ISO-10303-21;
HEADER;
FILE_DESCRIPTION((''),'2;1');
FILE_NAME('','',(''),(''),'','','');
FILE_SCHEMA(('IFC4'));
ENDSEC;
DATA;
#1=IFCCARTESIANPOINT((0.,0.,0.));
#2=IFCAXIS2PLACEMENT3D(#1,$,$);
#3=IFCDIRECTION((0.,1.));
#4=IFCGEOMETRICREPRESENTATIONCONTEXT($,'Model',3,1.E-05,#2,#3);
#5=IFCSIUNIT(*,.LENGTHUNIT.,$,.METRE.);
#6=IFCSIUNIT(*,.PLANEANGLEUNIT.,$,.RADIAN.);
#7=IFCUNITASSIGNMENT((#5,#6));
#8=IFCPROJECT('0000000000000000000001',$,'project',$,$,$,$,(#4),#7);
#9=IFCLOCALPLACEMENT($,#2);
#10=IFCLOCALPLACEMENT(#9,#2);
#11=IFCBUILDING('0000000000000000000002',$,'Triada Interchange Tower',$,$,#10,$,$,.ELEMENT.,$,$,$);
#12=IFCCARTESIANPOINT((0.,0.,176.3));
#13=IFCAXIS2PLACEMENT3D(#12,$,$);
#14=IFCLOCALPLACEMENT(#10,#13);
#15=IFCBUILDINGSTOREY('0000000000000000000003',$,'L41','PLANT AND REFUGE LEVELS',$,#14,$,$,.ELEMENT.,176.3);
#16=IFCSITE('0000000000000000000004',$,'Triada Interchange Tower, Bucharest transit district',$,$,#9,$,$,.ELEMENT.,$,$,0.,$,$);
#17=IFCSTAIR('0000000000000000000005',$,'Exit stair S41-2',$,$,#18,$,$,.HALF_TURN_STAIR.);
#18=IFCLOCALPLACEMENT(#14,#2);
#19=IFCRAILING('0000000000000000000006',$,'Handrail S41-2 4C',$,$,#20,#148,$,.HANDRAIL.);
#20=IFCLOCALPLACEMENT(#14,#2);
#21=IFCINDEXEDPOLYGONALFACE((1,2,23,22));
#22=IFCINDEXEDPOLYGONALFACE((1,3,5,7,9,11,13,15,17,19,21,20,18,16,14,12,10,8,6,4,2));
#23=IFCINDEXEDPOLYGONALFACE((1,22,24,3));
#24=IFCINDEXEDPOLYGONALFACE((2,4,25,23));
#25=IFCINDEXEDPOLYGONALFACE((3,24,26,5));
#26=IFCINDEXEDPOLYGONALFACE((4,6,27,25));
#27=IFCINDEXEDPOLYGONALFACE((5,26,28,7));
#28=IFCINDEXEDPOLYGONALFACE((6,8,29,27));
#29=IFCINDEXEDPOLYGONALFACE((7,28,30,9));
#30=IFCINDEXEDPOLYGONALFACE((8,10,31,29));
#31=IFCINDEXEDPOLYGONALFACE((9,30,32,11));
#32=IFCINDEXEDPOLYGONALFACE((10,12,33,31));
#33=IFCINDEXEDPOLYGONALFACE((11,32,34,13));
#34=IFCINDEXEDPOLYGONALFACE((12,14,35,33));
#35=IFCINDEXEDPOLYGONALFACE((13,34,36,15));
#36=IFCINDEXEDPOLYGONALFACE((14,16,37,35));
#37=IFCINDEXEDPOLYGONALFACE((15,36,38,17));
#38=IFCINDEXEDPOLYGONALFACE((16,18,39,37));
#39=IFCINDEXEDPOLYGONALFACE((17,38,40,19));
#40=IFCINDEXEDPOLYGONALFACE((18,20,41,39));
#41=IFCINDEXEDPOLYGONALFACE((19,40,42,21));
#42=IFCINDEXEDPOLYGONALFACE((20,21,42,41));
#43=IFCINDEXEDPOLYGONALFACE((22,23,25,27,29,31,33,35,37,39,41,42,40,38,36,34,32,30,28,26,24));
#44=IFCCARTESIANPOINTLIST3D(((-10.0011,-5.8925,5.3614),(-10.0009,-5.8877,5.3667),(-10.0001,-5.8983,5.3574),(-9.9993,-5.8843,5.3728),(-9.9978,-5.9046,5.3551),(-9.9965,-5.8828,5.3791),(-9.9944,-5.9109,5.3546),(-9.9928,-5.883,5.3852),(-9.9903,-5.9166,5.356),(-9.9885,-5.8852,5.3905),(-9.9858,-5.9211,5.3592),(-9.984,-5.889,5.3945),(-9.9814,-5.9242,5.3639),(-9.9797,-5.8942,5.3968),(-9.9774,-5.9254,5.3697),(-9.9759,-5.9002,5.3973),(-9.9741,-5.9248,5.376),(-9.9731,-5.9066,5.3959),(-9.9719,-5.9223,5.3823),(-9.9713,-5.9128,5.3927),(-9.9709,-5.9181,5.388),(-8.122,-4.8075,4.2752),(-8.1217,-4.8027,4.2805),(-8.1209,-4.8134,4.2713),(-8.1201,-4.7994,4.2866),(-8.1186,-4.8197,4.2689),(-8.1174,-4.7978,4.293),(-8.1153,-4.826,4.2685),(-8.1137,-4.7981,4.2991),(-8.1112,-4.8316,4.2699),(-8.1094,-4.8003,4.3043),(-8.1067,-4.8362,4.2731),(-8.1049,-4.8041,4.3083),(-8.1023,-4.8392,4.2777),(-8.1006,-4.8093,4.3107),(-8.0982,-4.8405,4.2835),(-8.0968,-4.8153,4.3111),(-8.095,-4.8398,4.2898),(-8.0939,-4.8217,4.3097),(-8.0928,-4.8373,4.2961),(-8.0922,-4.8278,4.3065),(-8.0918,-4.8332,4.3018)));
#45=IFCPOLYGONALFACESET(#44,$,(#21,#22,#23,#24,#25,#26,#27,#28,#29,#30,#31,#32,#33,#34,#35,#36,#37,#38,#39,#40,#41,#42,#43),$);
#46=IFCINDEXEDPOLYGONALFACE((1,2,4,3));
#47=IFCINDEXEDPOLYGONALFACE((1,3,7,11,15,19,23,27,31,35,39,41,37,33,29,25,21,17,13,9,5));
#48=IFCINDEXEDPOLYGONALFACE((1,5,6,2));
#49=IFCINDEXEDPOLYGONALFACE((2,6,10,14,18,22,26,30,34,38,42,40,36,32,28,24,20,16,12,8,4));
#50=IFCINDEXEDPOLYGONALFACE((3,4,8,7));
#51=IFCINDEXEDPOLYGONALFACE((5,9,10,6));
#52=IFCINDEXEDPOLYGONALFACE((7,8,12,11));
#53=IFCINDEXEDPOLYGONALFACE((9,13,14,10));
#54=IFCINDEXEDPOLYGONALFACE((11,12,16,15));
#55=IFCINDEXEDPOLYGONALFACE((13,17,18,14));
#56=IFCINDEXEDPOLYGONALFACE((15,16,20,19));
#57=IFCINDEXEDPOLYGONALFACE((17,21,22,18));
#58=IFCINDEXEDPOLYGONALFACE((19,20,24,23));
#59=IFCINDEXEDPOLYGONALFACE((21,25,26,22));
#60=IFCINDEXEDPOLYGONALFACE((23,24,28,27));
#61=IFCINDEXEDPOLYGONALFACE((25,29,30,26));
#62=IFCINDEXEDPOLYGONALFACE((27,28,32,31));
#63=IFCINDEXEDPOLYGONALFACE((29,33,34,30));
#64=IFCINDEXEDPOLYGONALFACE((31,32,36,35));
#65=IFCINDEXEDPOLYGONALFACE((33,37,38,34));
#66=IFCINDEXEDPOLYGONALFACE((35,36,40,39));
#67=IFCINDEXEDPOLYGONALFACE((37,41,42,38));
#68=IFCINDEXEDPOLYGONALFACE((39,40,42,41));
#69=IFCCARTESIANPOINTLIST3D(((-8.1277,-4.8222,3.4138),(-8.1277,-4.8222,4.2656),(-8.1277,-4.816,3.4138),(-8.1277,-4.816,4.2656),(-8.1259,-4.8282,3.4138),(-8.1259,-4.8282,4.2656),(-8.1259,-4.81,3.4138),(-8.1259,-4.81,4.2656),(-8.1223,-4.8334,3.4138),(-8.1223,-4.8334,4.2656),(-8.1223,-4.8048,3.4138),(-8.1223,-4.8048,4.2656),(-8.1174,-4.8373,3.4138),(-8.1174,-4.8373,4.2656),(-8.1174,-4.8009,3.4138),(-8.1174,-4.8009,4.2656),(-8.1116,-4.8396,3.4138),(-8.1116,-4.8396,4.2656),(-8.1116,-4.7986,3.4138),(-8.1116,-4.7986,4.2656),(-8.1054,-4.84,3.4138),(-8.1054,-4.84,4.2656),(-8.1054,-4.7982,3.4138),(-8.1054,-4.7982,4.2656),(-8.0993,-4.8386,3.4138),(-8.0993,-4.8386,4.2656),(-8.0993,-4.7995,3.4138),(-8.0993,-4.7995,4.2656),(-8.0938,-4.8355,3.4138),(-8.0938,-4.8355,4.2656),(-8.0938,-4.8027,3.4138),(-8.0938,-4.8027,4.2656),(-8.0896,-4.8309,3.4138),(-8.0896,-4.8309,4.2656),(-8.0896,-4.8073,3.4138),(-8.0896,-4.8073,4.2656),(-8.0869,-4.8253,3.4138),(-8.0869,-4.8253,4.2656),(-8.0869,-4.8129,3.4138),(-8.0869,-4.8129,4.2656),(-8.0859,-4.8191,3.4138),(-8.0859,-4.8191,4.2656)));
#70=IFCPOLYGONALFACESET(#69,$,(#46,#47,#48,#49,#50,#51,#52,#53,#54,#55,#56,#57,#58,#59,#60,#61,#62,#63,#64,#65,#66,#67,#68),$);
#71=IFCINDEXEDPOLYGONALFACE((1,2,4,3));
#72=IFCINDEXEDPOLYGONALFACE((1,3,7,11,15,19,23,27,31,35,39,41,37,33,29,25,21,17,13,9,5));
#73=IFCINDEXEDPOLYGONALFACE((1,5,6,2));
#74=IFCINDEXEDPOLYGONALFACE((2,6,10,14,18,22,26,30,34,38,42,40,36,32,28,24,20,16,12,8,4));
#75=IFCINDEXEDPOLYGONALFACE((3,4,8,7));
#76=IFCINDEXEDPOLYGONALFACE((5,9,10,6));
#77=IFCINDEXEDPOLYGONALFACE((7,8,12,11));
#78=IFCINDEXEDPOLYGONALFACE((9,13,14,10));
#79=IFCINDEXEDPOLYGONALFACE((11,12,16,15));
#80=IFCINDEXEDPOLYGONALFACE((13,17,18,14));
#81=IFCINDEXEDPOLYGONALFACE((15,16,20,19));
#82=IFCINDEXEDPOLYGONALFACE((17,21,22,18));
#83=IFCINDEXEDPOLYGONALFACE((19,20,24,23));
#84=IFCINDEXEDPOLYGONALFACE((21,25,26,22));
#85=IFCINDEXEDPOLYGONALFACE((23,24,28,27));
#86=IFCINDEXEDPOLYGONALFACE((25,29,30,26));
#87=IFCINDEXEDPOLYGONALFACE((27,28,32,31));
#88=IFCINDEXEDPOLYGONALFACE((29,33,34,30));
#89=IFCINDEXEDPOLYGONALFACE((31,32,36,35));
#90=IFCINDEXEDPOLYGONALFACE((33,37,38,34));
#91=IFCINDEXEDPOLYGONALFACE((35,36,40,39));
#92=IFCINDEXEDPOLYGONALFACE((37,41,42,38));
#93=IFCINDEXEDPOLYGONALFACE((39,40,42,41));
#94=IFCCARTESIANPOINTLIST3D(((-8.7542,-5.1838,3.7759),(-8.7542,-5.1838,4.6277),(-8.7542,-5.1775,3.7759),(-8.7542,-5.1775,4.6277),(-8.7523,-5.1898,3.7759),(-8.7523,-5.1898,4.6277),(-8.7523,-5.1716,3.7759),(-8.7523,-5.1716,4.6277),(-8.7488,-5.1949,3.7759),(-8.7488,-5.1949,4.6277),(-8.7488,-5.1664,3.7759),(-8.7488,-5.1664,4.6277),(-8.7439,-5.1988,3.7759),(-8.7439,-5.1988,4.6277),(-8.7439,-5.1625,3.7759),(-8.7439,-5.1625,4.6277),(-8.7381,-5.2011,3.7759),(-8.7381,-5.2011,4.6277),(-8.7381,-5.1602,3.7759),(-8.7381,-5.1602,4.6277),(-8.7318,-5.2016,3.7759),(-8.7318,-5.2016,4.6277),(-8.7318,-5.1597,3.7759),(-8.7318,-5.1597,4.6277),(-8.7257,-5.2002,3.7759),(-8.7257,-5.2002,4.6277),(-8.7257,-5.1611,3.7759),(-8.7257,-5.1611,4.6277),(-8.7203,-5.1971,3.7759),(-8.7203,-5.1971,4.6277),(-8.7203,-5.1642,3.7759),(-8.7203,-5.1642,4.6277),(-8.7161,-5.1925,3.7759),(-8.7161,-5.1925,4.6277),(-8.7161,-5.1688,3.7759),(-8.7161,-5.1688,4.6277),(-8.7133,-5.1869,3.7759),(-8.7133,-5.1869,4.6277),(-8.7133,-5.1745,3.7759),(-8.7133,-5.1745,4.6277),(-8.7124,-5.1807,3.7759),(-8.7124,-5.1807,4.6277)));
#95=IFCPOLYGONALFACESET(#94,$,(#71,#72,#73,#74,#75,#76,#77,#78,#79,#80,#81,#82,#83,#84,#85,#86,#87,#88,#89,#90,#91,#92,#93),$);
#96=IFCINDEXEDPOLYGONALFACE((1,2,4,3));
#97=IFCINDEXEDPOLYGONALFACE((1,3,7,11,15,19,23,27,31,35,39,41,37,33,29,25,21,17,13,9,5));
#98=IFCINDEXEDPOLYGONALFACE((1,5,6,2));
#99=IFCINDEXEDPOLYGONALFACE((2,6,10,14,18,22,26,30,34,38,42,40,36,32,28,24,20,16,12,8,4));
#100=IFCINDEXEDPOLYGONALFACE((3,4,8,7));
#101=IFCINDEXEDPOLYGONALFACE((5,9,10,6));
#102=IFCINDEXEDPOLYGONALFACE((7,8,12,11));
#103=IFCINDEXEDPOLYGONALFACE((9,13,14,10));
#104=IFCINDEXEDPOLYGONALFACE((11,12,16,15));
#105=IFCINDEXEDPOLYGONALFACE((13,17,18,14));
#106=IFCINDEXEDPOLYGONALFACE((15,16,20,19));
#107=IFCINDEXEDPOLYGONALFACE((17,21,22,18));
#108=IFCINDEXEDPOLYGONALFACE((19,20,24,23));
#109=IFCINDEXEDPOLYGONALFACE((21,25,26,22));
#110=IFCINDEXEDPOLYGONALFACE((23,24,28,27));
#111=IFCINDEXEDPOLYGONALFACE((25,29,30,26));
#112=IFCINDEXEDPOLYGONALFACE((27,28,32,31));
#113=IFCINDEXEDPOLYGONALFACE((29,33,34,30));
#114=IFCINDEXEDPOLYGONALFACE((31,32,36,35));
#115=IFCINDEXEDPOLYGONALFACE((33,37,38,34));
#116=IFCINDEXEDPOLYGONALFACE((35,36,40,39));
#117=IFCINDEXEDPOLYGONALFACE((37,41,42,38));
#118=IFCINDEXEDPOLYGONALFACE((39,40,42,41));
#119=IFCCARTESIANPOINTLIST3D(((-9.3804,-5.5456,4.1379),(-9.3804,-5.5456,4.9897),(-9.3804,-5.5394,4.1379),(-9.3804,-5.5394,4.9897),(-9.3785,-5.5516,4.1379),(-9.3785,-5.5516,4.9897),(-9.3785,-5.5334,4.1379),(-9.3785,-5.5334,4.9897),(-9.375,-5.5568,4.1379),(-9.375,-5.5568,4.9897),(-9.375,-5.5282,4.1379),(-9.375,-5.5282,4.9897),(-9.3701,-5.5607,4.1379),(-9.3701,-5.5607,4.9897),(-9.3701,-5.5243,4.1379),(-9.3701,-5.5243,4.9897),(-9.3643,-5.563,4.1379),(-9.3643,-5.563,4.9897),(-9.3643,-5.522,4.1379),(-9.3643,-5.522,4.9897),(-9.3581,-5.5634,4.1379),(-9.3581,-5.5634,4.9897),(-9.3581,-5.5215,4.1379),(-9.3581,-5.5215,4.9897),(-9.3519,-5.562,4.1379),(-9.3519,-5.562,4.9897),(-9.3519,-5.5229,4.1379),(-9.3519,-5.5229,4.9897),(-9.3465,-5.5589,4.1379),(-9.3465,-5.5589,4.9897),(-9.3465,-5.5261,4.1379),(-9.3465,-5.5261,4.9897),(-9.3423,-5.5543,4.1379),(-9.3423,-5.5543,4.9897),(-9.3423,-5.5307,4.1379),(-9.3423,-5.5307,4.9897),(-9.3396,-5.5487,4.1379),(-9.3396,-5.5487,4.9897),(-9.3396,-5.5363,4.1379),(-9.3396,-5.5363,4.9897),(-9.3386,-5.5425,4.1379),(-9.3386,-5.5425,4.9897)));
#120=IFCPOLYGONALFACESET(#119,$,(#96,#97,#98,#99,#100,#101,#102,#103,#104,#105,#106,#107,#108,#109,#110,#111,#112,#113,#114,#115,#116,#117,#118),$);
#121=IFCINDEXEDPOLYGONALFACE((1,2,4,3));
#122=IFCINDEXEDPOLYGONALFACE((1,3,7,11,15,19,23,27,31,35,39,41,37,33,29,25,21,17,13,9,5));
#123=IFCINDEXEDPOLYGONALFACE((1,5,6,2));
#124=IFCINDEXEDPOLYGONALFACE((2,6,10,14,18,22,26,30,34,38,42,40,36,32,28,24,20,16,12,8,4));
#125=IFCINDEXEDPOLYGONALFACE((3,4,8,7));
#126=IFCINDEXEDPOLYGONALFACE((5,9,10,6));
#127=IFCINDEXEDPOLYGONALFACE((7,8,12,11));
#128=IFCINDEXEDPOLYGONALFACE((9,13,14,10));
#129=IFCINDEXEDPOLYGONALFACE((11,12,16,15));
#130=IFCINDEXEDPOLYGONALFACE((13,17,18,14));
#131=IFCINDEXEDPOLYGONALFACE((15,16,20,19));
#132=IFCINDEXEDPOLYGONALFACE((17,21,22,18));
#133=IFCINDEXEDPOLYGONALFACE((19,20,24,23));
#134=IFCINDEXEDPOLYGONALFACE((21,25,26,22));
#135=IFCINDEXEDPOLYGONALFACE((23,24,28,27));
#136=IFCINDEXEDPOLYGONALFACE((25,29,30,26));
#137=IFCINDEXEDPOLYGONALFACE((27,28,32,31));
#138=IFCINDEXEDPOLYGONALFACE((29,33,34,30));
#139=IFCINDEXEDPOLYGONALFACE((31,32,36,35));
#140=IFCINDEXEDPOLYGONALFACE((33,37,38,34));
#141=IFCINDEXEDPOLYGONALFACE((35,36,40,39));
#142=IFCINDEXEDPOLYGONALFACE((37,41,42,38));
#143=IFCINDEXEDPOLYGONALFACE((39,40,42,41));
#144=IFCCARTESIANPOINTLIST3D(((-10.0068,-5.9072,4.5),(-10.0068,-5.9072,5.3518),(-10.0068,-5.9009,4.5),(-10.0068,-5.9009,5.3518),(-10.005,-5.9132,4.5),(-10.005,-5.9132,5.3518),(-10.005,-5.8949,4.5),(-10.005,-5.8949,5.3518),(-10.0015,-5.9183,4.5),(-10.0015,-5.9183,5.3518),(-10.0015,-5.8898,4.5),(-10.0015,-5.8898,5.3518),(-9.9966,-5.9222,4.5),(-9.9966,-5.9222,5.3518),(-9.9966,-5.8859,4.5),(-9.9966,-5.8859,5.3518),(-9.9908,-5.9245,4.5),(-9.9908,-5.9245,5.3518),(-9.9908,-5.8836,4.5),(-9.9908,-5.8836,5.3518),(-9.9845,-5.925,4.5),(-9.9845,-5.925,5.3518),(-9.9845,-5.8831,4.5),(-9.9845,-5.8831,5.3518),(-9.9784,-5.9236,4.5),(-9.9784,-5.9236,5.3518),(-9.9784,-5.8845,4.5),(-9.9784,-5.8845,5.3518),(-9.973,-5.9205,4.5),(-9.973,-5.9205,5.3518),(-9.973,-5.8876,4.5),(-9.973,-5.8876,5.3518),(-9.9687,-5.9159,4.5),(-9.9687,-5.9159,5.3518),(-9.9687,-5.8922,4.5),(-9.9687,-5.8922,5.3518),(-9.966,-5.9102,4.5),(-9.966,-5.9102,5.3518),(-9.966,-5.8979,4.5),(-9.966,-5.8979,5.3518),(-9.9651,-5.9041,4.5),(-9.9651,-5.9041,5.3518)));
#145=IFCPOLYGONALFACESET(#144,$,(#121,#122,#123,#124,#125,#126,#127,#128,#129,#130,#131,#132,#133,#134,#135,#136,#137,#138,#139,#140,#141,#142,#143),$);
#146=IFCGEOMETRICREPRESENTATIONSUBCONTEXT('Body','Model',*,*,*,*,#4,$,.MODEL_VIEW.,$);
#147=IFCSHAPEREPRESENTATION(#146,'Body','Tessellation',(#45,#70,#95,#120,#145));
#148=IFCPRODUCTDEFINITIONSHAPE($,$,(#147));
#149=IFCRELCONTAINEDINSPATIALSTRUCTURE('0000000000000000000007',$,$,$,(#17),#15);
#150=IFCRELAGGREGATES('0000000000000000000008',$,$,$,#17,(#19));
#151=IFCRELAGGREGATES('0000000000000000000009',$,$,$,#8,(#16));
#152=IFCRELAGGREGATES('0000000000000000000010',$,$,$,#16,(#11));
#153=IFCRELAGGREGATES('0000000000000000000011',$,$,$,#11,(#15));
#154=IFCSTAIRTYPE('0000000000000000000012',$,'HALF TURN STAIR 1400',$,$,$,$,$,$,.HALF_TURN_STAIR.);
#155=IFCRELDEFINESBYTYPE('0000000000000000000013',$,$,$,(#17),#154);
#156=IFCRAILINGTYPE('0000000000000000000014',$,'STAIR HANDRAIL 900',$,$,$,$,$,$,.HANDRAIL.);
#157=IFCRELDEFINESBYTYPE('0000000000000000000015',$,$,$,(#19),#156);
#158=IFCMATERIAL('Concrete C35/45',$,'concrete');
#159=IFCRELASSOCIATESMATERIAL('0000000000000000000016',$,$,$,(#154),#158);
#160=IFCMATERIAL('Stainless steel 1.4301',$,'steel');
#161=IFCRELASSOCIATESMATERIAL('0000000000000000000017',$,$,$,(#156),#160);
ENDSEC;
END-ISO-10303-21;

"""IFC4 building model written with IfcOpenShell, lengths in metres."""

from ifc_helpers import new_model, si_unit, direction, frame, origin, origin_2d, place, context, subcontext, project, spatial, circle, extrude, material, type_object, element, aggregate, save


model = new_model("IFC4")

# Units and contexts
model_context = context("Model", 3, precision=1e-05, world=origin(), true_north=direction((0.0, 1.0)))
body_context = subcontext(model_context, "Body", "Model", "MODEL_VIEW")
ifc_project = project(units=[si_unit("LENGTHUNIT", "METRE"), si_unit("PLANEANGLEUNIT", "RADIAN")], contexts=[model_context])

# Site, building, storey
site_placement = place(None, origin())
site = spatial("IfcSite", under=ifc_project, at=site_placement, Name="Triada Interchange Tower, Bucharest transit district", CompositionType="ELEMENT", RefElevation=0.0)
building_placement = place(site_placement, origin())
building = spatial("IfcBuilding", under=site, at=building_placement, Name="Triada Interchange Tower", CompositionType="ELEMENT")
storey_placement = place(building_placement, frame((0.0, 0.0, 176.3)))
storey = spatial("IfcBuildingStorey", under=building, at=storey_placement, Name="L41", Description="PLANT AND REFUGE LEVELS", CompositionType="ELEMENT", Elevation=176.3)

# Shared definitions
ifc_material_1 = material(Name="Concrete C35/45", Category="concrete")

# Stair, railing
stair_type = type_object("IfcStairType", Name="HALF TURN STAIR 1400", PredefinedType="HALF_TURN_STAIR", material=ifc_material_1)
stair_placement = place(storey_placement, origin())
stair = element("IfcStair", 1, at=stair_placement, inside=storey, type_object=stair_type, Name="Exit stair S41-2", PredefinedType="HALF_TURN_STAIR")
ifc_material_2 = material(Name="Stainless steel 1.4301", Category="steel")
railing_type_1 = type_object("IfcRailingType", Name="STAIR HANDRAIL 900", PredefinedType="HANDRAIL", material=ifc_material_2)
railing_1_placement = place(storey_placement, frame((-8.1069, -4.8191, 3.4138)))
railing_1 = element("IfcRailing", 2, at=railing_1_placement, type_object=railing_type_1, Name="Handrail S41-2 4C", PredefinedType="HANDRAIL", context=body_context, shape_type="SweptSolid", body=[
    extrude(circle(Radius=0.0239, at=origin_2d()), frame((0.0, 0.0, 0.876), z_axis=(-0.774413, -0.447121, 0.447624), x_axis=(0.500011, -0.866019, 0.0)), (0.0, 0.0, 1.0), 2.4265),
    extrude(circle(Radius=0.021, at=origin_2d()), origin(), (0.0, 0.0, 1.0), 0.8518),
    extrude(circle(Radius=0.021, at=origin_2d()), frame((-0.6265, -0.3616, 0.3621)), (0.0, 0.0, 1.0), 0.8518),
    extrude(circle(Radius=0.021, at=origin_2d()), frame((-1.2527, -0.7234, 0.7241)), (0.0, 0.0, 1.0), 0.8518),
    extrude(circle(Radius=0.021, at=origin_2d()), frame((-1.8792, -1.085, 1.0862)), (0.0, 0.0, 1.0), 0.8518),
])
aggregate(stair, [railing_1])

save(model, "model.ifc")
